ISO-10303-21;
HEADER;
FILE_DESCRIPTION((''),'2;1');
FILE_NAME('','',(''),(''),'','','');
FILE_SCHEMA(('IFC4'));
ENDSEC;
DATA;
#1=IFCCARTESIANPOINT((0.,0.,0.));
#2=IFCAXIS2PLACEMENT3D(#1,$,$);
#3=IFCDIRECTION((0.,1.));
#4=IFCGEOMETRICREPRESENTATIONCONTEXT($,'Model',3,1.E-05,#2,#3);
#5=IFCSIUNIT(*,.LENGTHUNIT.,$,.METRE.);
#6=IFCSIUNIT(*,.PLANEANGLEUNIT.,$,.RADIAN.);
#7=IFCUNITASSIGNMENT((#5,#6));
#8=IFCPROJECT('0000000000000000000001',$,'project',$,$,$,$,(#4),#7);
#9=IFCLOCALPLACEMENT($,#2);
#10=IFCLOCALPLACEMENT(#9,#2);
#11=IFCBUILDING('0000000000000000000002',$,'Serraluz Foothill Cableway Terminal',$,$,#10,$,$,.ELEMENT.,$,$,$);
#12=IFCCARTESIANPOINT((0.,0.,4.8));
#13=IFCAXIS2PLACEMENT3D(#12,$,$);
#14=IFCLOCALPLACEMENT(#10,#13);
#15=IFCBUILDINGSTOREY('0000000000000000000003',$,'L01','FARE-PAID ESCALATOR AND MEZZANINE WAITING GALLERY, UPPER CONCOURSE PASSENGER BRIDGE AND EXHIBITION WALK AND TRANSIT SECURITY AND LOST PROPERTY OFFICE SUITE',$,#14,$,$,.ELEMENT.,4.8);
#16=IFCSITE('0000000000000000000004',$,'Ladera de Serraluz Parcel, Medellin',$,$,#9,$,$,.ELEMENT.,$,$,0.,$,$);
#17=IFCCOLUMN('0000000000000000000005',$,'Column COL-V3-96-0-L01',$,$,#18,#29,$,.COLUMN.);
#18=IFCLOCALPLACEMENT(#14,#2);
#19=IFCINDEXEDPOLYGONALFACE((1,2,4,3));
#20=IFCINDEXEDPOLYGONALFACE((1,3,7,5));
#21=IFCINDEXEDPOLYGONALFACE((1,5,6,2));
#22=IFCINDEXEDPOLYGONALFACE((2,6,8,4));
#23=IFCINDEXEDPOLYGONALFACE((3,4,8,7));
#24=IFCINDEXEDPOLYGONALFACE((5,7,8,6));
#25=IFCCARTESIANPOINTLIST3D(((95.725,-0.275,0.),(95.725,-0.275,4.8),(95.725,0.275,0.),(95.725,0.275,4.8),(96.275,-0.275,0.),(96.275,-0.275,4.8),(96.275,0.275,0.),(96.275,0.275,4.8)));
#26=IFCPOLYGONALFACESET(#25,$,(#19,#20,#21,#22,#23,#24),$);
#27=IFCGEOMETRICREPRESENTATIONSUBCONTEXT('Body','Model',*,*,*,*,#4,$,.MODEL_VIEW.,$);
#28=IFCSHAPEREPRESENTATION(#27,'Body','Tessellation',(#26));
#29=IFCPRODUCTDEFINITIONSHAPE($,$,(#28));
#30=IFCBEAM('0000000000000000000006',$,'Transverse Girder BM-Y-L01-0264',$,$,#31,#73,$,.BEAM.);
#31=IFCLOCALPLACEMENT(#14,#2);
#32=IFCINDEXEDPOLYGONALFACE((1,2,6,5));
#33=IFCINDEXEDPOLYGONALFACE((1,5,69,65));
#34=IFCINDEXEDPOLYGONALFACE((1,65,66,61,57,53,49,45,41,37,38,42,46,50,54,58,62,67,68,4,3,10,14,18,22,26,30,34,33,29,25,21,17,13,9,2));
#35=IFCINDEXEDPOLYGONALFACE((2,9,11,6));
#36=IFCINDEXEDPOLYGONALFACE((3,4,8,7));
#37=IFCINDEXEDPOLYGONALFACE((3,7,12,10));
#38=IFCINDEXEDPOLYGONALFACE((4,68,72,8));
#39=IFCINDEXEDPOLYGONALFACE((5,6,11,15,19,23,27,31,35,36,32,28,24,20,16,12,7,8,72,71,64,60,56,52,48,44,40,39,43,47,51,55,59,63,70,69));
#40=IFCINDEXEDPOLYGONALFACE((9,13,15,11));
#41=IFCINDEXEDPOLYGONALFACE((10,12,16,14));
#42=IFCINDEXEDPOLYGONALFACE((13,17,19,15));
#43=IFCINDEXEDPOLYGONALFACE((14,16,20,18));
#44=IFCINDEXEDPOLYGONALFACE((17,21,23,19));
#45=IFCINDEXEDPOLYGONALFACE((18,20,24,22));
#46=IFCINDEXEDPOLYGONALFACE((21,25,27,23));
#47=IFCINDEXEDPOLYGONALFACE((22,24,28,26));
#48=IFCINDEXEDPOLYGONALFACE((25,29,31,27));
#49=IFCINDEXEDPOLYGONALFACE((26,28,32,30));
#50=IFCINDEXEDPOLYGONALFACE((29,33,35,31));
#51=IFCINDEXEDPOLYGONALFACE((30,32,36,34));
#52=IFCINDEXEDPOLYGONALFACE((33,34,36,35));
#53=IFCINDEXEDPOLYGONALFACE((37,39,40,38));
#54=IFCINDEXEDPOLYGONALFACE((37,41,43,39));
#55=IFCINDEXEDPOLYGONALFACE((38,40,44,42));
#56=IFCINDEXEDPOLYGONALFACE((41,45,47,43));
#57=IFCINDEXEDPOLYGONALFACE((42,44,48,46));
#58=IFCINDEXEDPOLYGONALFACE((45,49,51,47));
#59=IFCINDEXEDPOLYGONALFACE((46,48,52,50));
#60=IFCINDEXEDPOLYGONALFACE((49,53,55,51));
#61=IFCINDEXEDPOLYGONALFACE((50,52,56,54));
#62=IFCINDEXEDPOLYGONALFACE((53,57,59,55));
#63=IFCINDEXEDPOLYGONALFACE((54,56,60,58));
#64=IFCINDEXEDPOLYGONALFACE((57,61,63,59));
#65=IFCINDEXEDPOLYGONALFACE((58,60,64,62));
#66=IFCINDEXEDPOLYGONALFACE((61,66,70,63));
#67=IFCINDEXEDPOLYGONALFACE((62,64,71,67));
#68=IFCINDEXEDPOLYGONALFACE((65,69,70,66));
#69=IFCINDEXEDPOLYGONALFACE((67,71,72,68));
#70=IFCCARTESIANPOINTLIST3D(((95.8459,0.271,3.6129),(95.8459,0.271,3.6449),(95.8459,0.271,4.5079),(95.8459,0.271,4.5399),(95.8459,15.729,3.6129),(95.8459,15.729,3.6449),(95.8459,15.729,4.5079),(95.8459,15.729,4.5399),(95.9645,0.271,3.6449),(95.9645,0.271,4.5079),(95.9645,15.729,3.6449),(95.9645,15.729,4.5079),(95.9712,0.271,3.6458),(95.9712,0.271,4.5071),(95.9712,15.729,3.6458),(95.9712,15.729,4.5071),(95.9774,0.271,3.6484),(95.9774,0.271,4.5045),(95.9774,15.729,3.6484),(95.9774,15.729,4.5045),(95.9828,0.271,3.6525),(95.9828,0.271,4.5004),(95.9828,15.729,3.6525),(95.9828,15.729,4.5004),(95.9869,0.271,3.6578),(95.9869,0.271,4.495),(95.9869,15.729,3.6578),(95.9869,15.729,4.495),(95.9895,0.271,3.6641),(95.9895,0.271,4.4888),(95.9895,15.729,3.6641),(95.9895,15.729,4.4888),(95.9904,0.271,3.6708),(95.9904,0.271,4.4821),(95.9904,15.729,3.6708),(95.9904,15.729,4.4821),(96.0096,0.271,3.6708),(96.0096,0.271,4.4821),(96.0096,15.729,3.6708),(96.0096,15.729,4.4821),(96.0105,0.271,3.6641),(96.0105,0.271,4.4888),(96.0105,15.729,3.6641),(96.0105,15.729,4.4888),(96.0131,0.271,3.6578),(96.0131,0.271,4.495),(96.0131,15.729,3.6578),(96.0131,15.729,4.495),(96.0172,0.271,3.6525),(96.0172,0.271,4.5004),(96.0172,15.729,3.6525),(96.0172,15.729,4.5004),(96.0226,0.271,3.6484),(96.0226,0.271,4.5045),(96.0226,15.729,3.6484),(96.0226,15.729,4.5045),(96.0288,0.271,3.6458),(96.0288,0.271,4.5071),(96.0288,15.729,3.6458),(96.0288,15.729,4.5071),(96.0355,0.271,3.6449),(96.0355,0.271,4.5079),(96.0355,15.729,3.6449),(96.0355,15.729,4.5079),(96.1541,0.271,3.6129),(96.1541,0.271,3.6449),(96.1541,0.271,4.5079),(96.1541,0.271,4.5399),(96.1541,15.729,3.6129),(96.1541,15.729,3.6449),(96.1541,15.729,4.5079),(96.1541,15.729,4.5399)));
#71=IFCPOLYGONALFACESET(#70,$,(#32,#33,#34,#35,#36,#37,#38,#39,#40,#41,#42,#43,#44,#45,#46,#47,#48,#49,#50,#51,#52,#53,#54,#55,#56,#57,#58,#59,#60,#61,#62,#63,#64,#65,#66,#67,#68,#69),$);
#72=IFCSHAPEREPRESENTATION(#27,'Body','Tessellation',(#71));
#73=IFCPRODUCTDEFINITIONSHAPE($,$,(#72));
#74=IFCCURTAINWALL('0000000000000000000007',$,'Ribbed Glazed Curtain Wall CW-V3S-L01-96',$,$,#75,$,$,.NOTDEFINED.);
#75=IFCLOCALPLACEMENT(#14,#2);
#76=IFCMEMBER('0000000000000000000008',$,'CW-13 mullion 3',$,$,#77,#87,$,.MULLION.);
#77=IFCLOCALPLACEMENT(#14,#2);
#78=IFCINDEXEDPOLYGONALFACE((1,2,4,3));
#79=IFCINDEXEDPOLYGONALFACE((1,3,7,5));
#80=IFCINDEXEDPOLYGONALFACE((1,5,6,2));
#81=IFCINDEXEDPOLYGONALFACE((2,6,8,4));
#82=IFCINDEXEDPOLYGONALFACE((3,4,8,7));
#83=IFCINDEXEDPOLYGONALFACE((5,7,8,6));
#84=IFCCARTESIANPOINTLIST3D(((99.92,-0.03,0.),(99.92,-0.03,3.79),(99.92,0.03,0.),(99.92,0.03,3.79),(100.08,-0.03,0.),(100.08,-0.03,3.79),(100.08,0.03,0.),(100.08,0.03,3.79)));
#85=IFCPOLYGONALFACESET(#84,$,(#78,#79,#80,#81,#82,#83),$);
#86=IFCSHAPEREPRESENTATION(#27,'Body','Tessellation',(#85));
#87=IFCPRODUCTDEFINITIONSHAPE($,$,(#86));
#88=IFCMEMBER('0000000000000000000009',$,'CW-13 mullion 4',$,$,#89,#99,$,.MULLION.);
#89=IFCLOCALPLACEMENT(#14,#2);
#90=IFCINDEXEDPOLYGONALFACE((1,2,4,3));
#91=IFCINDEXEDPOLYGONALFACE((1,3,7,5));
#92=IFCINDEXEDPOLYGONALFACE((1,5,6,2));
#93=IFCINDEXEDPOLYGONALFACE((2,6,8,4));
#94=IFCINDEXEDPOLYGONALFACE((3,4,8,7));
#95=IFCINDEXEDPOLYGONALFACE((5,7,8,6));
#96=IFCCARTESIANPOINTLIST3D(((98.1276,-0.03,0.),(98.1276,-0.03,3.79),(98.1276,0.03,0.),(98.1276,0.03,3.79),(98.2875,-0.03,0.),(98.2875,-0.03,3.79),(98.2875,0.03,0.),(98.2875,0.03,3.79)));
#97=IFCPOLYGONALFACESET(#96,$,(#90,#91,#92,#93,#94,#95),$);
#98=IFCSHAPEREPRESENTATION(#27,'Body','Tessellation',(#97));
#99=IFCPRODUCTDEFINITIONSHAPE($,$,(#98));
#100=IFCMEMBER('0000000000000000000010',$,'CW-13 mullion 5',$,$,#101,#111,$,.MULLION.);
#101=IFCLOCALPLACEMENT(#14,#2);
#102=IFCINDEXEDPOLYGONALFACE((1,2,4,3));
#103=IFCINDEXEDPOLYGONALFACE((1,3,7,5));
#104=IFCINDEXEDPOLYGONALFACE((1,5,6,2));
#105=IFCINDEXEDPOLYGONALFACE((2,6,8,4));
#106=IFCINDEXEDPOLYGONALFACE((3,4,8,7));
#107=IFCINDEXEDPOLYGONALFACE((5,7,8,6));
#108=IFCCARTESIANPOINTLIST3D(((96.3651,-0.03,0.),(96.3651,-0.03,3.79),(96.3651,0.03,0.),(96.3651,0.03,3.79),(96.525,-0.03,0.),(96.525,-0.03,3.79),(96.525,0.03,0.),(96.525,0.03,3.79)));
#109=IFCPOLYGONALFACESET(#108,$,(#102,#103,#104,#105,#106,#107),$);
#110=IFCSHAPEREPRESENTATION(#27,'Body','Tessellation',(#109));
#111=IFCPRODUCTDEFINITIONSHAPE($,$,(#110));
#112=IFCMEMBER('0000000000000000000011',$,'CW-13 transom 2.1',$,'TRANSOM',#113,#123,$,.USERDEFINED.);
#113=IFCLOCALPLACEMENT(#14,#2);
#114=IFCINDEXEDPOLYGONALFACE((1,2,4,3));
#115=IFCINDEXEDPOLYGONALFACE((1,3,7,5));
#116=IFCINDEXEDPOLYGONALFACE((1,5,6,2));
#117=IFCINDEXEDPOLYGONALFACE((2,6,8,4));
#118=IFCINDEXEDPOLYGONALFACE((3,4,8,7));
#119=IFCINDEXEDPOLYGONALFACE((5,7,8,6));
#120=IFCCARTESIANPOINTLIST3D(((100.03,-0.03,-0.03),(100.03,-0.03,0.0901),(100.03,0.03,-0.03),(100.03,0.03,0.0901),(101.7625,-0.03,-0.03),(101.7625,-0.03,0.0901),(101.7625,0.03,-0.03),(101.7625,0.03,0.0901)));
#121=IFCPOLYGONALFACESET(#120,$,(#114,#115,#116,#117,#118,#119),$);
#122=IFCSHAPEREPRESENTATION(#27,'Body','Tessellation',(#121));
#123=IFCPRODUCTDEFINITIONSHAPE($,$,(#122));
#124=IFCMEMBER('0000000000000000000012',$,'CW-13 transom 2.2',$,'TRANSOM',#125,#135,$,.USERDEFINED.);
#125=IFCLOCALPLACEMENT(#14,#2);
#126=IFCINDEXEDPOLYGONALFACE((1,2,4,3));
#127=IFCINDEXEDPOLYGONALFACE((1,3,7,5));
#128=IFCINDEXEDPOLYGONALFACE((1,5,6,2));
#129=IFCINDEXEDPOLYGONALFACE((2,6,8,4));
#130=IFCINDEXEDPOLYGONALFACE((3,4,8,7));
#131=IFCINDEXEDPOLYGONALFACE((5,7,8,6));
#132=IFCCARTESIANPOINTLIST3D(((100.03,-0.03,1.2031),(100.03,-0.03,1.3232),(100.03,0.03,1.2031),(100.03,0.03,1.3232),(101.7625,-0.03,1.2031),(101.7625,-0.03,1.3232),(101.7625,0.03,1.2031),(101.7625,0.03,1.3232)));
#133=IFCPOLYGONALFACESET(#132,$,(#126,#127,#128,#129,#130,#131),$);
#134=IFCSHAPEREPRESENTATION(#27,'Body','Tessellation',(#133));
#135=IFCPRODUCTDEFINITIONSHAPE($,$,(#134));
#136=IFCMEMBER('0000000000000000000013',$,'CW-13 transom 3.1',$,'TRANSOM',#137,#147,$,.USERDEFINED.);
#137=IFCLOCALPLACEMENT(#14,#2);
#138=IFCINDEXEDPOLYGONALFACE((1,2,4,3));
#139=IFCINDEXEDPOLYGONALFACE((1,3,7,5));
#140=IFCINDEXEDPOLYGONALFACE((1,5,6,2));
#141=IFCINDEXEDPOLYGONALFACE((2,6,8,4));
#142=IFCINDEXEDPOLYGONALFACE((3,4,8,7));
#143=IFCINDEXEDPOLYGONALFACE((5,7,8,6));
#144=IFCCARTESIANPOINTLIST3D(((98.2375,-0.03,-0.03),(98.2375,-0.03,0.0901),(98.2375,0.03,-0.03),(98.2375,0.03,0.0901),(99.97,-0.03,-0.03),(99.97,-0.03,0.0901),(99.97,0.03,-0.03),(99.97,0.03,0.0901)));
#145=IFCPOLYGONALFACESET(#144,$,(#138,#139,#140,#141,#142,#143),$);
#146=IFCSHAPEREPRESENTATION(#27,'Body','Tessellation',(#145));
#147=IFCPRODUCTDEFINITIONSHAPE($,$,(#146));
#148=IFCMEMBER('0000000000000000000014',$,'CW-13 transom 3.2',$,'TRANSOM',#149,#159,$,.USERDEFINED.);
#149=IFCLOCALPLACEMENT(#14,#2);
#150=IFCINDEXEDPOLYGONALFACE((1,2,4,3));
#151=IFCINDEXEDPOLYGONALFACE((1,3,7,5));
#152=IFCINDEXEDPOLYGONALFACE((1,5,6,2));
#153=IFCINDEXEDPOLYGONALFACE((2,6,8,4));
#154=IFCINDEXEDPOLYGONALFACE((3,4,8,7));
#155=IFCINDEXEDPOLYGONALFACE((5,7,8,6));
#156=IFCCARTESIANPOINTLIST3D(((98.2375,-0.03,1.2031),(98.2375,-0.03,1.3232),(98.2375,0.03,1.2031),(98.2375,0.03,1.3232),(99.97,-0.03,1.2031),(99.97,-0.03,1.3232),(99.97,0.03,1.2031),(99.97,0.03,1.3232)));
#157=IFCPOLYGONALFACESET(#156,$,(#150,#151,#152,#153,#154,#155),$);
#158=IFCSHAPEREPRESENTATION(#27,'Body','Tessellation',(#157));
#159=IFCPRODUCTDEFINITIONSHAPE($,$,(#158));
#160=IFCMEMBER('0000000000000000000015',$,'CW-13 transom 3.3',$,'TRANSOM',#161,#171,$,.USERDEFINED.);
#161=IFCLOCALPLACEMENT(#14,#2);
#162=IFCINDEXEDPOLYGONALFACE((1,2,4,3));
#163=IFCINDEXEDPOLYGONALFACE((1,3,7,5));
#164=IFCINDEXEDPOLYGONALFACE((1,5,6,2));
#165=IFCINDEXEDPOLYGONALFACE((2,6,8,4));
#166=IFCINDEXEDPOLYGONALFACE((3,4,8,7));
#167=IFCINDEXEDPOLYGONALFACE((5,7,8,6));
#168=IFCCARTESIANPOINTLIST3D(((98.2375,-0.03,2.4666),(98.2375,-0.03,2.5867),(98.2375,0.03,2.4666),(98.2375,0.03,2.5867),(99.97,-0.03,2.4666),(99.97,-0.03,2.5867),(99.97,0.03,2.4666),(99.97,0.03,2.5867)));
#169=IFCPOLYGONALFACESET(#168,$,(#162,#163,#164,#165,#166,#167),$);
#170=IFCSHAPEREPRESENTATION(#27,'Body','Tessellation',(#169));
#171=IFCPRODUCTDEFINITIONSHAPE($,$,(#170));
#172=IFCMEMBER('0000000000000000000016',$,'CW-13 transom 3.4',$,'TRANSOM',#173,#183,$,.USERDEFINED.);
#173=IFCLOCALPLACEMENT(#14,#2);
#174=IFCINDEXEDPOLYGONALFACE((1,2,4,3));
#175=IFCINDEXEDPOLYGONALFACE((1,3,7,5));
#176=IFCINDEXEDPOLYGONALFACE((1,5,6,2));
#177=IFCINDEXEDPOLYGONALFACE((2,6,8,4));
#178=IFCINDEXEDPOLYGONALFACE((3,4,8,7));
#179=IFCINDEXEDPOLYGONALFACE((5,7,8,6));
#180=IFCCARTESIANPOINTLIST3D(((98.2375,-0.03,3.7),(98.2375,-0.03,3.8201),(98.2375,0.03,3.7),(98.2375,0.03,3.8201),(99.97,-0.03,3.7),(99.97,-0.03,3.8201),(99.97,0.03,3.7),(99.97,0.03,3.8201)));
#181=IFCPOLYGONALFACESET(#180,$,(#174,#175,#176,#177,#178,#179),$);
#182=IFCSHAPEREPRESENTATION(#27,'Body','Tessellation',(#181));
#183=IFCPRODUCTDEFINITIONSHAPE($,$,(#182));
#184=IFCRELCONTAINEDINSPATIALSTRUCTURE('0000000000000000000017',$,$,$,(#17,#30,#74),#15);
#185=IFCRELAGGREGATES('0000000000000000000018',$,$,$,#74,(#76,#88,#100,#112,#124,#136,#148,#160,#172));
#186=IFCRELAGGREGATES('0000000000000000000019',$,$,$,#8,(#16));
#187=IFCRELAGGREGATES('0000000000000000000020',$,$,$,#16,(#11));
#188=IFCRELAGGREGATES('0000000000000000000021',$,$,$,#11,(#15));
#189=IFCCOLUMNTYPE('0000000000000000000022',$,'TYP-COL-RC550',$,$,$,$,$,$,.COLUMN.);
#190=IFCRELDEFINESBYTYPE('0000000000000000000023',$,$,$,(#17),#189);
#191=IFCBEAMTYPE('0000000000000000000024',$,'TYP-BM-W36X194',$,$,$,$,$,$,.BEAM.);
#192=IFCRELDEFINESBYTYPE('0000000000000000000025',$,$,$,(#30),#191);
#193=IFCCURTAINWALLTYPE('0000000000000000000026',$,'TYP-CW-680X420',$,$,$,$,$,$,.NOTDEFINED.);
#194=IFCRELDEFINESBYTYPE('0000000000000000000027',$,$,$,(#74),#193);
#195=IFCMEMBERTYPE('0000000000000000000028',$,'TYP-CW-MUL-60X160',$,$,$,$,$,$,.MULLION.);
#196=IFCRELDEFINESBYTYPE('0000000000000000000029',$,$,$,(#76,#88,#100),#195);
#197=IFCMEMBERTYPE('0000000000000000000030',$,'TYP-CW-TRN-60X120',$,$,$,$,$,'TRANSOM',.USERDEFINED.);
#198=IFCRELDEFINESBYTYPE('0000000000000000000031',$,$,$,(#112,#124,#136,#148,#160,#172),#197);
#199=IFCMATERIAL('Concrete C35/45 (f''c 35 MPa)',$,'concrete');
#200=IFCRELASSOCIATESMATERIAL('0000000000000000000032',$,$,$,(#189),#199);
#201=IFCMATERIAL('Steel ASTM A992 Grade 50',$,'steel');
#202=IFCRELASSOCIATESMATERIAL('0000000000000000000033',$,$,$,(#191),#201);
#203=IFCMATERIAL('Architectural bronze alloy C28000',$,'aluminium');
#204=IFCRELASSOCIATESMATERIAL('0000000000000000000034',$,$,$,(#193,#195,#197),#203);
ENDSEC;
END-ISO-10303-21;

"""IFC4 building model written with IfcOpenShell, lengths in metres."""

from ifc_helpers import new_model, si_unit, direction, frame, origin, origin_2d, place, context, subcontext, project, spatial, rectangle, i_section, extrude, material, material_profile, profile_set, type_object, element, aggregate, save


model = new_model("IFC4")

# Units and contexts
model_context = context("Model", 3, precision=1e-05, world=origin(), true_north=direction((0.0, 1.0)))
body_context = subcontext(model_context, "Body", "Model", "MODEL_VIEW")
ifc_project = project(units=[si_unit("LENGTHUNIT", "METRE"), si_unit("PLANEANGLEUNIT", "RADIAN")], contexts=[model_context])

# Site, building, storey
site_placement = place(None, origin())
site = spatial("IfcSite", under=ifc_project, at=site_placement, Name="Ladera de Serraluz Parcel, Medellin", CompositionType="ELEMENT", RefElevation=0.0)
building_placement = place(site_placement, origin())
building = spatial("IfcBuilding", under=site, at=building_placement, Name="Serraluz Foothill Cableway Terminal", CompositionType="ELEMENT")
storey_placement = place(building_placement, frame((0.0, 0.0, 4.8)))
storey = spatial("IfcBuildingStorey", under=building, at=storey_placement, Name="L01", Description="FARE-PAID ESCALATOR AND MEZZANINE WAITING GALLERY, UPPER CONCOURSE PASSENGER BRIDGE AND EXHIBITION WALK AND TRANSIT SECURITY AND LOST PROPERTY OFFICE SUITE", CompositionType="ELEMENT", Elevation=4.8)

# Column
ifc_material_1 = material(Name="Concrete C35/45 (f'c 35 MPa)", Category="concrete")
ifc_material_profile_1 = material_profile(ifc_material_1, rectangle(XDim=0.55, YDim=0.55, at=origin_2d()), Name="RC 550x550")
ifc_profile_set_1 = profile_set([ifc_material_profile_1], Name="Concrete C35/45 (f'c 35 MPa)")
column_type = type_object("IfcColumnType", Name="TYP-COL-RC550", PredefinedType="COLUMN", material=ifc_profile_set_1)
column_placement = place(storey_placement, frame((96.0, 0.0, 0.0), z_axis=(0.0, 0.0, 1.0), x_axis=(1.0, 0.0, 0.0)))
element("IfcColumn", 1, at=column_placement, inside=storey, type_object=column_type, Name="Column COL-V3-96-0-L01", PredefinedType="COLUMN", context=body_context, shape_type="SweptSolid", body=[
    extrude(rectangle(XDim=0.55, YDim=0.55, at=origin_2d()), origin(), (0.0, 0.0, 1.0), 4.8),
])

# Beam
ifc_material_2 = material(Name="Steel ASTM A992 Grade 50", Category="steel")
ifc_material_profile_2 = material_profile(ifc_material_2, i_section(OverallWidth=0.3081, OverallDepth=0.927, WebThickness=0.0193, FlangeThickness=0.032, FilletRadius=0.0259, at=origin_2d()), Name="W36X194")
ifc_profile_set_2 = profile_set([ifc_material_profile_2], Name="Steel ASTM A992 Grade 50")
beam_type_1 = type_object("IfcBeamType", Name="TYP-BM-W36X194", PredefinedType="BEAM", material=ifc_profile_set_2)
beam_1_placement = place(storey_placement, frame((96.0, 0.271, 4.0764), z_axis=(0.0, 1.0, 0.0), x_axis=(-1.0, 0.0, 0.0)))
element("IfcBeam", 2, at=beam_1_placement, inside=storey, type_object=beam_type_1, Name="Transverse Girder BM-Y-L01-0264", PredefinedType="BEAM", context=body_context, shape_type="SweptSolid", body=[
    extrude(i_section(OverallWidth=0.3081, OverallDepth=0.927, WebThickness=0.0193, FlangeThickness=0.032, FilletRadius=0.0259, at=origin_2d()), origin(), (0.0, 0.0, 1.0), 15.458),
])

# Curtain wall, members
ifc_material_3 = material(Name="Architectural bronze alloy C28000", Category="aluminium")
curtain_wall_type = type_object("IfcCurtainWallType", Name="TYP-CW-680X420", PredefinedType="NOTDEFINED", material=ifc_material_3)
curtain_wall_placement = place(storey_placement, origin())
curtain_wall = element("IfcCurtainWall", 3, at=curtain_wall_placement, inside=storey, type_object=curtain_wall_type, Name="Ribbed Glazed Curtain Wall CW-V3S-L01-96", PredefinedType="NOTDEFINED")
ifc_material_profile_3 = material_profile(ifc_material_3, rectangle(XDim=0.0601, YDim=0.1599, at=origin_2d()), Name="ALU MULLION 60x160")
ifc_profile_set_3 = profile_set([ifc_material_profile_3], Name="Architectural bronze alloy C28000")
member_type_1 = type_object("IfcMemberType", Name="TYP-CW-MUL-60X160", PredefinedType="MULLION", material=ifc_profile_set_3)
member_1_placement = place(storey_placement, frame((100.0, 0.0, 0.0), z_axis=(0.0, 0.0, 1.0), x_axis=(0.0, -1.0, 0.0)))
member_1 = element("IfcMember", 4, at=member_1_placement, type_object=member_type_1, Name="CW-13 mullion 3", PredefinedType="MULLION", context=body_context, shape_type="SweptSolid", body=[
    extrude(rectangle(XDim=0.0601, YDim=0.1599, at=origin_2d()), origin(), (0.0, 0.0, 1.0), 3.79),
])
member_2_placement = place(storey_placement, frame((98.2075, 0.0, 0.0), z_axis=(0.0, 0.0, 1.0), x_axis=(0.0, -1.0, 0.0)))
member_2 = element("IfcMember", 5, at=member_2_placement, type_object=member_type_1, Name="CW-13 mullion 4", PredefinedType="MULLION", context=body_context, shape_type="SweptSolid", body=[
    extrude(rectangle(XDim=0.0601, YDim=0.1599, at=origin_2d()), origin(), (0.0, 0.0, 1.0), 3.79),
])
member_3_placement = place(storey_placement, frame((96.4451, 0.0, 0.0), z_axis=(0.0, 0.0, 1.0), x_axis=(0.0, -1.0, 0.0)))
member_3 = element("IfcMember", 6, at=member_3_placement, type_object=member_type_1, Name="CW-13 mullion 5", PredefinedType="MULLION", context=body_context, shape_type="SweptSolid", body=[
    extrude(rectangle(XDim=0.0601, YDim=0.1599, at=origin_2d()), origin(), (0.0, 0.0, 1.0), 3.79),
])
ifc_material_profile_4 = material_profile(ifc_material_3, rectangle(XDim=0.0601, YDim=0.1201, at=origin_2d()), Name="ALU TRANSOM 60x120")
ifc_profile_set_4 = profile_set([ifc_material_profile_4], Name="Architectural bronze alloy C28000")
member_type_2 = type_object("IfcMemberType", Name="TYP-CW-TRN-60X120", ElementType="TRANSOM", PredefinedType="USERDEFINED", material=ifc_profile_set_4)
member_4_placement = place(storey_placement, frame((101.7625, 0.0, 0.03), z_axis=(-1.0, 0.0, 0.0), x_axis=(0.0, -1.0, 0.0)))
member_4 = element("IfcMember", 7, at=member_4_placement, type_object=member_type_2, Name="CW-13 transom 2.1", ObjectType="TRANSOM", PredefinedType="USERDEFINED", context=body_context, shape_type="SweptSolid", body=[
    extrude(rectangle(XDim=0.0601, YDim=0.1201, at=origin_2d()), origin(), (0.0, 0.0, 1.0), 1.7324),
])
member_5_placement = place(storey_placement, frame((101.7625, 0.0, 1.2632), z_axis=(-1.0, 0.0, 0.0), x_axis=(0.0, -1.0, 0.0)))
member_5 = element("IfcMember", 8, at=member_5_placement, type_object=member_type_2, Name="CW-13 transom 2.2", ObjectType="TRANSOM", PredefinedType="USERDEFINED", context=body_context, shape_type="SweptSolid", body=[
    extrude(rectangle(XDim=0.0601, YDim=0.1201, at=origin_2d()), origin(), (0.0, 0.0, 1.0), 1.7324),
])
member_6_placement = place(storey_placement, frame((99.97, 0.0, 0.03), z_axis=(-1.0, 0.0, 0.0), x_axis=(0.0, -1.0, 0.0)))
member_6 = element("IfcMember", 9, at=member_6_placement, type_object=member_type_2, Name="CW-13 transom 3.1", ObjectType="TRANSOM", PredefinedType="USERDEFINED", context=body_context, shape_type="SweptSolid", body=[
    extrude(rectangle(XDim=0.0601, YDim=0.1201, at=origin_2d()), origin(), (0.0, 0.0, 1.0), 1.7324),
])
member_7_placement = place(storey_placement, frame((99.97, 0.0, 1.2632), z_axis=(-1.0, 0.0, 0.0), x_axis=(0.0, -1.0, 0.0)))
member_7 = element("IfcMember", 10, at=member_7_placement, type_object=member_type_2, Name="CW-13 transom 3.2", ObjectType="TRANSOM", PredefinedType="USERDEFINED", context=body_context, shape_type="SweptSolid", body=[
    extrude(rectangle(XDim=0.0601, YDim=0.1201, at=origin_2d()), origin(), (0.0, 0.0, 1.0), 1.7324),
])
member_8_placement = place(storey_placement, frame((99.97, 0.0, 2.5266), z_axis=(-1.0, 0.0, 0.0), x_axis=(0.0, -1.0, 0.0)))
member_8 = element("IfcMember", 11, at=member_8_placement, type_object=member_type_2, Name="CW-13 transom 3.3", ObjectType="TRANSOM", PredefinedType="USERDEFINED", context=body_context, shape_type="SweptSolid", body=[
    extrude(rectangle(XDim=0.0601, YDim=0.1201, at=origin_2d()), origin(), (0.0, 0.0, 1.0), 1.7324),
])
member_9_placement = place(storey_placement, frame((99.97, 0.0, 3.76), z_axis=(-1.0, 0.0, 0.0), x_axis=(0.0, -1.0, 0.0)))
member_9 = element("IfcMember", 12, at=member_9_placement, type_object=member_type_2, Name="CW-13 transom 3.4", ObjectType="TRANSOM", PredefinedType="USERDEFINED", context=body_context, shape_type="SweptSolid", body=[
    extrude(rectangle(XDim=0.0601, YDim=0.1201, at=origin_2d()), origin(), (0.0, 0.0, 1.0), 1.7324),
])

aggregate(curtain_wall, [member_1, member_2, member_3, member_4, member_5, member_6, member_7, member_8, member_9])

save(model, "model.ifc")
